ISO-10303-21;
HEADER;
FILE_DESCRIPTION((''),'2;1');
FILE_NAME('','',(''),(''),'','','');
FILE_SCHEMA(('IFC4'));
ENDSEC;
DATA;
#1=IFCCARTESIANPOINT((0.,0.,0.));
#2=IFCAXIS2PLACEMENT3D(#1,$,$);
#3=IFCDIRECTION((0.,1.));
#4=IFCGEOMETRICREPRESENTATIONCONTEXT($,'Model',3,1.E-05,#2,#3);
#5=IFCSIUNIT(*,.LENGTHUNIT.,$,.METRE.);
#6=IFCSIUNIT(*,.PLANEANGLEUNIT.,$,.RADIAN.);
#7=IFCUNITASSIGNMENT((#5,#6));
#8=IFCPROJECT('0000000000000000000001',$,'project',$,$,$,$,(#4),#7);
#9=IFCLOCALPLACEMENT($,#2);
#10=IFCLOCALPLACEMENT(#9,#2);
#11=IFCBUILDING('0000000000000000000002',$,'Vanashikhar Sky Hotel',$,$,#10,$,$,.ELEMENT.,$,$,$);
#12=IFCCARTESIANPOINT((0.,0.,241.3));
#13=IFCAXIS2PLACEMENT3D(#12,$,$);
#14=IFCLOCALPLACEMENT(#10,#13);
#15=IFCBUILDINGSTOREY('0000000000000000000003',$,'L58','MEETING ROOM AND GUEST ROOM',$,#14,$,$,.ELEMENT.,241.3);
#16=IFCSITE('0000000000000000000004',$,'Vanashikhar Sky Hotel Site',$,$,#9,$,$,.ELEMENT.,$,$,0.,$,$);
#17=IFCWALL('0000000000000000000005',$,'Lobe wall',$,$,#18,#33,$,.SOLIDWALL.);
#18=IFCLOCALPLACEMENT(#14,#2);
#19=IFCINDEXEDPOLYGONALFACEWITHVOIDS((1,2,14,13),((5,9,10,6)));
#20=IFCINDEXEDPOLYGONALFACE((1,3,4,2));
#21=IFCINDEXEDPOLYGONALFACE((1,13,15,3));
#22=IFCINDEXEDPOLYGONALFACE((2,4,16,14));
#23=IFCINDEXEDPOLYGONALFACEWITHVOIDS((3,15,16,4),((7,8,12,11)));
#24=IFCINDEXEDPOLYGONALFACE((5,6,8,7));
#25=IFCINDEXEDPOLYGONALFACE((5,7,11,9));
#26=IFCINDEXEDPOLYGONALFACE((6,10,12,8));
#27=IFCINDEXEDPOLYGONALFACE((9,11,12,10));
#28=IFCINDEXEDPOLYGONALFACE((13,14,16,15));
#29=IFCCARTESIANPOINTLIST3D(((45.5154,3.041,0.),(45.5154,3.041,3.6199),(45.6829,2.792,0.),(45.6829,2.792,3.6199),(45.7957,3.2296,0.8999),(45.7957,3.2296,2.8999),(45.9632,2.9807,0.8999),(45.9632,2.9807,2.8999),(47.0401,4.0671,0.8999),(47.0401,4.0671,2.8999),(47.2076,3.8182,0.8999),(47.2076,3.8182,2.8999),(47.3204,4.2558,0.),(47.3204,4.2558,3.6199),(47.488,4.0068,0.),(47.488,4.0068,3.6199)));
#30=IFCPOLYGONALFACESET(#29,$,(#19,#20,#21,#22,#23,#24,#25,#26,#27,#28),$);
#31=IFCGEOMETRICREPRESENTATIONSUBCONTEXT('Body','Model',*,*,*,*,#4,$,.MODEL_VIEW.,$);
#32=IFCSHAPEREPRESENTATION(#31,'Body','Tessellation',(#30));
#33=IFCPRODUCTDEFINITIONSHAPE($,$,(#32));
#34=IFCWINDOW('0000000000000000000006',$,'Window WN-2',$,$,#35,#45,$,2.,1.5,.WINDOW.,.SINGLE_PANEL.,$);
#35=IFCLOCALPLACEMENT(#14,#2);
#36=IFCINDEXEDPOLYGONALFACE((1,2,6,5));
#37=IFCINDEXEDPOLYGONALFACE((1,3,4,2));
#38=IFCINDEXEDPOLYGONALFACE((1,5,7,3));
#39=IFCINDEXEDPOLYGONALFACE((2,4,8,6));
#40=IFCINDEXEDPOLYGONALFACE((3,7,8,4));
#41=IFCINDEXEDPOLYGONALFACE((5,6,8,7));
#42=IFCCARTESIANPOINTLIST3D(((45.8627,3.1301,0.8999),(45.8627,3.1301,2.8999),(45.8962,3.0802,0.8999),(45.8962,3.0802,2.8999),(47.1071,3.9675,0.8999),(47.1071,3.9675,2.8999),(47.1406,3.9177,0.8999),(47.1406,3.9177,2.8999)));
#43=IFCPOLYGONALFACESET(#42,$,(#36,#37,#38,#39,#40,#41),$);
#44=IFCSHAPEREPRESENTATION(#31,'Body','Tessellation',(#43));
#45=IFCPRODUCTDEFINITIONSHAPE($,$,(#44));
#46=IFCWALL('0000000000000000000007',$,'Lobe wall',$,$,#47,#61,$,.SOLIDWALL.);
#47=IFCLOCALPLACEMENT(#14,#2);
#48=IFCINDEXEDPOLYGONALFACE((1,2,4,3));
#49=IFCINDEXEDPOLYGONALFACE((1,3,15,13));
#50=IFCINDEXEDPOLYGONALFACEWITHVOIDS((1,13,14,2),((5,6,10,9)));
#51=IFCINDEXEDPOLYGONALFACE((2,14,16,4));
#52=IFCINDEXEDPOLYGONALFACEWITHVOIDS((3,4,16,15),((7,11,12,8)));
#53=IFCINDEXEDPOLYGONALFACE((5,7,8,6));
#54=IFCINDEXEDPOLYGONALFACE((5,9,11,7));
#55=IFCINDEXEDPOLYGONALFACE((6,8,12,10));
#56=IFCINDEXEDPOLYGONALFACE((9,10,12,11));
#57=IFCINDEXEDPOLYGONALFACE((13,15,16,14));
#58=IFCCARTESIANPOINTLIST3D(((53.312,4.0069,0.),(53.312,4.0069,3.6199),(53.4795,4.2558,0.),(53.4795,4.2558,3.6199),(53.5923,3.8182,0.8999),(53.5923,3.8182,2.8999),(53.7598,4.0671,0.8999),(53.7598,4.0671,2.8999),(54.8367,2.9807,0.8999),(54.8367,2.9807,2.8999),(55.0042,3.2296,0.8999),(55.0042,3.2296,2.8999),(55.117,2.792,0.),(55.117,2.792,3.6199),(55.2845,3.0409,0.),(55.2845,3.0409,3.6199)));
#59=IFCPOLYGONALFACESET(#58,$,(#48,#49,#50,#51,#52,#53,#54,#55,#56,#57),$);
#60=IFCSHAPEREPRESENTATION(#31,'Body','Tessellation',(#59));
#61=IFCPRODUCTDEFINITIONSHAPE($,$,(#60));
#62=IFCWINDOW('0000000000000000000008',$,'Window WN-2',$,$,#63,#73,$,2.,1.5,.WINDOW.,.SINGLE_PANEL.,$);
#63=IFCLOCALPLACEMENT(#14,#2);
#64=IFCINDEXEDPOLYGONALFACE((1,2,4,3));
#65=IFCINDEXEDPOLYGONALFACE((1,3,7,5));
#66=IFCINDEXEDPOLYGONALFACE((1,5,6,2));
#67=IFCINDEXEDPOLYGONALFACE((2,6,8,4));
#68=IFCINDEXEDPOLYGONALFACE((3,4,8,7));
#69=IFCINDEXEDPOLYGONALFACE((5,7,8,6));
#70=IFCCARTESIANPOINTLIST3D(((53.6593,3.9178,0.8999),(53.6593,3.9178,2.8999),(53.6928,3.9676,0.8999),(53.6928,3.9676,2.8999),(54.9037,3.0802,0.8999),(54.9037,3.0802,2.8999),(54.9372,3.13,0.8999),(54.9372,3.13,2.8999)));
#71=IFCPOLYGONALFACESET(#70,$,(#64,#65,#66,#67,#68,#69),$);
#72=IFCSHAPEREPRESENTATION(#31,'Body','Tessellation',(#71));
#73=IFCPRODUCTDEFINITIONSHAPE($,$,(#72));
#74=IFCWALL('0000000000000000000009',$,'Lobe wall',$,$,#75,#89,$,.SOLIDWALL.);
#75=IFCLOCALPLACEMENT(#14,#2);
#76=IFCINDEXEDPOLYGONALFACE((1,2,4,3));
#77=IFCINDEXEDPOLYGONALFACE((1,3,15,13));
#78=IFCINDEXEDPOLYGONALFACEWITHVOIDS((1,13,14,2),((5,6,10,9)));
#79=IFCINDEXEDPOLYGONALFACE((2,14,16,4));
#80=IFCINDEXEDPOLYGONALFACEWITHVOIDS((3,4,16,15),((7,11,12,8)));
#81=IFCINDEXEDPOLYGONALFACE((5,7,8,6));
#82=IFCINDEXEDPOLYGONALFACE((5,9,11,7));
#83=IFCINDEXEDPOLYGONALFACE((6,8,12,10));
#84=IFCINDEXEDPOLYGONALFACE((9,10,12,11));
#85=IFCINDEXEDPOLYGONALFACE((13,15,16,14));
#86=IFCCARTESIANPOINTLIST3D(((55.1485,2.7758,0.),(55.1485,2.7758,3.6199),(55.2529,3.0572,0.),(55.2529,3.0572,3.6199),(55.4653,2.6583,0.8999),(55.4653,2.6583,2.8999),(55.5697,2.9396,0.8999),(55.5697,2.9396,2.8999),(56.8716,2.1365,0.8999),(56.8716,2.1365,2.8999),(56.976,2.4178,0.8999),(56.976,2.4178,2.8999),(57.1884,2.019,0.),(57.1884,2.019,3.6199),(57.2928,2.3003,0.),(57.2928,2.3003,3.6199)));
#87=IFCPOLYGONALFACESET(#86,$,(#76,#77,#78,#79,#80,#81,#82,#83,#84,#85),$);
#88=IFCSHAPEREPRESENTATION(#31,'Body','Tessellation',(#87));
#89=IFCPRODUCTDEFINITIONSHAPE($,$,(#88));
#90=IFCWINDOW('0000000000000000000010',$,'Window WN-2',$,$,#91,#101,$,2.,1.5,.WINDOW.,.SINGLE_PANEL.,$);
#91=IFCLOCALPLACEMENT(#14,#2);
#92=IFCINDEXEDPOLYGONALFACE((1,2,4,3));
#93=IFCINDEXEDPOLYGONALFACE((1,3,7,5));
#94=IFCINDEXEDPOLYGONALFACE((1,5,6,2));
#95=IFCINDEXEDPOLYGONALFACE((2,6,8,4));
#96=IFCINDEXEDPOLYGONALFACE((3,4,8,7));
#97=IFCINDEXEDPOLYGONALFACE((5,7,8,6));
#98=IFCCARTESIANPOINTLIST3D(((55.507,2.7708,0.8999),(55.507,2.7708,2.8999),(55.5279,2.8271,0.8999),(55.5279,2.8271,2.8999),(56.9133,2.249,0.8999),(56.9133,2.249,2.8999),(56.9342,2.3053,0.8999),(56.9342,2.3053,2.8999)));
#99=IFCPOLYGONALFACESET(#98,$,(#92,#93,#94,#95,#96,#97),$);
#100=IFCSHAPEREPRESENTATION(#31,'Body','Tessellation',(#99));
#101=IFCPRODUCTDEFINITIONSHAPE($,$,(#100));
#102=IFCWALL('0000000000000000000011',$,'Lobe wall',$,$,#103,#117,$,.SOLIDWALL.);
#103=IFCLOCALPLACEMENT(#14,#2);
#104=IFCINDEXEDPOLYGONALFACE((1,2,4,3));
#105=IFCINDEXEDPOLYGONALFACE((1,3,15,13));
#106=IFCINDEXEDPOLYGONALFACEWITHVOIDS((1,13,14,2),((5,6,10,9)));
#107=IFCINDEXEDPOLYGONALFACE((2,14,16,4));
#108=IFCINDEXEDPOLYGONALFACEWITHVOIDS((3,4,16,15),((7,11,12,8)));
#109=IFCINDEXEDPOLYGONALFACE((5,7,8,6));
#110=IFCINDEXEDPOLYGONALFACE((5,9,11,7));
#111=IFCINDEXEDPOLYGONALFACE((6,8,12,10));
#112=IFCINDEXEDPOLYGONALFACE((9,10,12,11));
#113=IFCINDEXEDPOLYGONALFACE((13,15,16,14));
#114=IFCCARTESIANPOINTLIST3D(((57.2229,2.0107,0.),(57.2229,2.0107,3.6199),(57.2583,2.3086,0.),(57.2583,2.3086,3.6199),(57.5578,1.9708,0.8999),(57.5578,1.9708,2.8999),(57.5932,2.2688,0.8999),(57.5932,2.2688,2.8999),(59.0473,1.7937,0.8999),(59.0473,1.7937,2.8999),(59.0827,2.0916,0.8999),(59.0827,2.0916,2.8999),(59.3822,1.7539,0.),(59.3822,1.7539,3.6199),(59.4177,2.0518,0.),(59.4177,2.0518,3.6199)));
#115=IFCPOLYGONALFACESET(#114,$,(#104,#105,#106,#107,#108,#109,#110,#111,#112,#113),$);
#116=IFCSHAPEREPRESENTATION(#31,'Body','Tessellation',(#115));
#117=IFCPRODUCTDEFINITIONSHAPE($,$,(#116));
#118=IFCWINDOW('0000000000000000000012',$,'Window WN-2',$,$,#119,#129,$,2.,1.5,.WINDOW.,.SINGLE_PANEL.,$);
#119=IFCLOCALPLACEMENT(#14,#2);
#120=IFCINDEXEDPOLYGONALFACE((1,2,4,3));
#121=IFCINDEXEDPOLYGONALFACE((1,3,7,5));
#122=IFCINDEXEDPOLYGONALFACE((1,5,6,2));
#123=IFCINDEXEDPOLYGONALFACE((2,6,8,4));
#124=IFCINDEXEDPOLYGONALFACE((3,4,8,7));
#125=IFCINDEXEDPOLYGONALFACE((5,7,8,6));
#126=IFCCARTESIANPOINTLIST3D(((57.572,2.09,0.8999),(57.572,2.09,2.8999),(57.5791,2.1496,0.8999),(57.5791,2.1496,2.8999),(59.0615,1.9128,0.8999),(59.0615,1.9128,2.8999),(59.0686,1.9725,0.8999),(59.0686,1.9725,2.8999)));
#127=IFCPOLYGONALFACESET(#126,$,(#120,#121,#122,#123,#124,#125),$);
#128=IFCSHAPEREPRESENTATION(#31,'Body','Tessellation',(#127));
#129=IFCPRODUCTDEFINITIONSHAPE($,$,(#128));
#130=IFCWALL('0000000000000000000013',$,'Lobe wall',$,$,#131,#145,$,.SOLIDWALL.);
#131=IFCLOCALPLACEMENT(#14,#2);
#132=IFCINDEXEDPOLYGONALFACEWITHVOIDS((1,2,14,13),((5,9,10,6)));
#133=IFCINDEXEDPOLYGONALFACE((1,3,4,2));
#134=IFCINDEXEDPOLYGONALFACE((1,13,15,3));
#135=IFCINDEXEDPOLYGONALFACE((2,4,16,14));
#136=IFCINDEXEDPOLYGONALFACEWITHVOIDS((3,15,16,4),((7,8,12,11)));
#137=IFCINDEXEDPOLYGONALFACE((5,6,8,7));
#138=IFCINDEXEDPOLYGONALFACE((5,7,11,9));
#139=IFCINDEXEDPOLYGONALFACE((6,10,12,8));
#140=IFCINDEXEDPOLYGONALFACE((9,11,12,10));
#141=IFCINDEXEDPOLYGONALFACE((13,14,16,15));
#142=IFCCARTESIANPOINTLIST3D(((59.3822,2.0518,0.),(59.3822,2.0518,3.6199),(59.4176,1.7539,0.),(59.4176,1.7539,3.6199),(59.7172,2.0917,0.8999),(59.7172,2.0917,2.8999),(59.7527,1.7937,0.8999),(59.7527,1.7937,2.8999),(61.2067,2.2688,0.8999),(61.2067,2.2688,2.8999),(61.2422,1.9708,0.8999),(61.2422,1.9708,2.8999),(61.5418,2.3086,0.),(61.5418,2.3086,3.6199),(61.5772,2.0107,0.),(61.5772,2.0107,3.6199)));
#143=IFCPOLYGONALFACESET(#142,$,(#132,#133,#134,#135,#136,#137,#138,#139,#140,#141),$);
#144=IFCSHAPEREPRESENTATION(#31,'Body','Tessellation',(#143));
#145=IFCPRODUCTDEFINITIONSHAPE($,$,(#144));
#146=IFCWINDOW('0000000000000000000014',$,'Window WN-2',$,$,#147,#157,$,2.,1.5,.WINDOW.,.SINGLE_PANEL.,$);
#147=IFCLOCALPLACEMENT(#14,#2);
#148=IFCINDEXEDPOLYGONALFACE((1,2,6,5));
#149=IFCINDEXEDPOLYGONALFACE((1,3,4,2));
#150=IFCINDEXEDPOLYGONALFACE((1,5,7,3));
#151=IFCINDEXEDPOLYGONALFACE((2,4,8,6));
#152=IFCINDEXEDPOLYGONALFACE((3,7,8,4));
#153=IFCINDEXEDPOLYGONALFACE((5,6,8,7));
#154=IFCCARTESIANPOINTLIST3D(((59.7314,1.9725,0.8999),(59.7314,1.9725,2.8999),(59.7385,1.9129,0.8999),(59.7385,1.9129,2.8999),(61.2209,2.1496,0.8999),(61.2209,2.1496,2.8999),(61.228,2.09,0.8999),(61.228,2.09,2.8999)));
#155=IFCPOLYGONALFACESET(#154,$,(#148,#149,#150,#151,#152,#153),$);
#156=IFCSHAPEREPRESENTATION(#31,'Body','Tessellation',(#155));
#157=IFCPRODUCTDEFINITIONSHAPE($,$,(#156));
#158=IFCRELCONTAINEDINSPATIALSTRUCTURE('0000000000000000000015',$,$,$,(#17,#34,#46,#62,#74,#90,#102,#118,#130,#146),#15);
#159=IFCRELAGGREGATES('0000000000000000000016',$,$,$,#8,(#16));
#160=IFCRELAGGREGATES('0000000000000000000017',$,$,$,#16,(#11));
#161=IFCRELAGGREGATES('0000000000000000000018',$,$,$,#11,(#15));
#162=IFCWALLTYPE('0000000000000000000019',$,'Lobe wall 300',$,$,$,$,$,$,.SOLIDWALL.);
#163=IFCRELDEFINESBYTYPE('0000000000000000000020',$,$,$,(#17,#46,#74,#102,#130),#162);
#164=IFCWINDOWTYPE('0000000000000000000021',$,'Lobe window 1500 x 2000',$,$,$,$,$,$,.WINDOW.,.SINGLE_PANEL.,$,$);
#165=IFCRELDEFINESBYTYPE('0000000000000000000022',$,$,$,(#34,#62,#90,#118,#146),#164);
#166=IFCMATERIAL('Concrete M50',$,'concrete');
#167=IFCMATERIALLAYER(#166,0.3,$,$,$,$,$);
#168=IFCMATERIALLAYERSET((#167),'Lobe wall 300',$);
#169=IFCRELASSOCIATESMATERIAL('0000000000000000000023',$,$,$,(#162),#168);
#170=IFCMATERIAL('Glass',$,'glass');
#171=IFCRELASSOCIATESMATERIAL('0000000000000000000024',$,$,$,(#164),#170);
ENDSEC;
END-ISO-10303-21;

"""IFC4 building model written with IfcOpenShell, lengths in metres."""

from ifc_helpers import new_model, si_unit, direction, frame, frame_2d, origin, place, context, subcontext, project, spatial, rectangle, extrude, source, transform, mapped, material, layer, layer_set, type_object, element, fill, save


model = new_model("IFC4")

# Units and contexts
model_context = context("Model", 3, precision=1e-05, world=origin(), true_north=direction((0.0, 1.0)))
body_context = subcontext(model_context, "Body", "Model", "MODEL_VIEW")
ifc_project = project(units=[si_unit("LENGTHUNIT", "METRE"), si_unit("PLANEANGLEUNIT", "RADIAN")], contexts=[model_context])

# Site, building, storey
site_placement = place(None, origin())
site = spatial("IfcSite", under=ifc_project, at=site_placement, Name="Vanashikhar Sky Hotel Site", CompositionType="ELEMENT", RefElevation=0.0)
building_placement = place(site_placement, origin())
building = spatial("IfcBuilding", under=site, at=building_placement, Name="Vanashikhar Sky Hotel", CompositionType="ELEMENT")
storey_placement = place(building_placement, frame((0.0, 0.0, 241.3)))
storey = spatial("IfcBuildingStorey", under=building, at=storey_placement, Name="L58", Description="MEETING ROOM AND GUEST ROOM", CompositionType="ELEMENT", Elevation=241.3)

# Walls, openings, windows
ifc_material_1 = material(Name="Concrete M50", Category="concrete")
ifc_layer_1 = layer(ifc_material_1, 0.3)
ifc_layer_set_1 = layer_set([ifc_layer_1], Name="Lobe wall 300")
wall_type_1 = type_object("IfcWallType", Name="Lobe wall 300", PredefinedType="SOLIDWALL", material=ifc_layer_set_1)
shared_shape_1 = source(origin(), body_context, "Body", "SweptSolid", [
    extrude(rectangle(XDim=2.1758, YDim=0.3, at=frame_2d((1.0879, 0.0))), origin(), (0.0, 0.0, 1.0), 3.6199),
])
wall_1_placement = place(storey_placement, frame((45.5991, 2.9165, 0.0), z_axis=(0.0, 0.0, 1.0), x_axis=(0.829626, 0.55832, 0.0)))
wall_1 = element("IfcWall", 1, at=wall_1_placement, inside=storey, type_object=wall_type_1, Name="Lobe wall", PredefinedType="SOLIDWALL", context=body_context, shape_type="MappedRepresentation", body=[
    mapped(shared_shape_1, transform((0.0, 0.0, 0.0), scale=1.0)),
])
shared_shape_2 = source(origin(), body_context, "Body", "SweptSolid", [
    extrude(rectangle(XDim=1.5, YDim=2.0, at=frame_2d((0.75, 1.0))), frame((0.0, 0.1602, 0.0), z_axis=(0.0, -1.0, 0.0), x_axis=(1.0, 0.0, 0.0)), (0.0, 0.0, 1.0), 0.3201),
])
opening_1_placement = place(wall_1_placement, frame((0.3379, 0.0, 0.8999)))
opening_1 = element("IfcOpeningElement", 2, at=opening_1_placement, cuts=wall_1, PredefinedType="OPENING", context=body_context, shape_type="MappedRepresentation", body=[
    mapped(shared_shape_2, transform((0.0, 0.0, 0.0), scale=1.0)),
])
ifc_material_2 = material(Name="Glass", Category="glass")
window_type = type_object("IfcWindowType", Name="Lobe window 1500 x 2000", PartitioningType="SINGLE_PANEL", PredefinedType="WINDOW", material=ifc_material_2)
shared_shape_3 = source(origin(), body_context, "Body", "SweptSolid", [
    extrude(rectangle(XDim=1.5, YDim=2.0, at=frame_2d((0.75, 1.0))), frame((0.0, 0.03, 0.0), z_axis=(0.0, -1.0, 0.0), x_axis=(1.0, 0.0, 0.0)), (0.0, 0.0, 1.0), 0.0601),
])
window_1_placement = place(opening_1_placement, origin())
window_1 = element("IfcWindow", 3, at=window_1_placement, inside=storey, type_object=window_type, Name="Window WN-2", OverallHeight=2.0, OverallWidth=1.5, PartitioningType="SINGLE_PANEL", PredefinedType="WINDOW", context=body_context, shape_type="MappedRepresentation", body=[
    mapped(shared_shape_3, transform((0.0, 0.0, 0.0), scale=1.0)),
])
fill(opening_1, window_1)
wall_2_placement = place(storey_placement, frame((53.3958, 4.1313, 0.0), z_axis=(0.0, 0.0, 1.0), x_axis=(0.829591, -0.558372, 0.0)))
wall_2 = element("IfcWall", 4, at=wall_2_placement, inside=storey, type_object=wall_type_1, Name="Lobe wall", PredefinedType="SOLIDWALL", context=body_context, shape_type="MappedRepresentation", body=[
    mapped(shared_shape_1, transform((0.0, 0.0, 0.0), scale=1.0)),
])
opening_2_placement = place(wall_2_placement, frame((0.3379, 0.0, 0.8999)))
opening_2 = element("IfcOpeningElement", 5, at=opening_2_placement, cuts=wall_2, PredefinedType="OPENING", context=body_context, shape_type="MappedRepresentation", body=[
    mapped(shared_shape_2, transform((0.0, 0.0, 0.0), scale=1.0)),
])
window_2_placement = place(opening_2_placement, origin())
window_2 = element("IfcWindow", 6, at=window_2_placement, inside=storey, type_object=window_type, Name="Window WN-2", OverallHeight=2.0, OverallWidth=1.5, PartitioningType="SINGLE_PANEL", PredefinedType="WINDOW", context=body_context, shape_type="MappedRepresentation", body=[
    mapped(shared_shape_3, transform((0.0, 0.0, 0.0), scale=1.0)),
])
fill(opening_2, window_2)
wall_3_placement = place(storey_placement, frame((55.2007, 2.9165, 0.0), z_axis=(0.0, 0.0, 1.0), x_axis=(0.937546, -0.347863, 0.0)))
wall_3 = element("IfcWall", 7, at=wall_3_placement, inside=storey, type_object=wall_type_1, Name="Lobe wall", PredefinedType="SOLIDWALL", context=body_context, shape_type="MappedRepresentation", body=[
    mapped(shared_shape_1, transform((0.0, 0.0, 0.0), scale=1.0)),
])
opening_3_placement = place(wall_3_placement, frame((0.3379, 0.0, 0.8999)))
opening_3 = element("IfcOpeningElement", 8, at=opening_3_placement, cuts=wall_3, PredefinedType="OPENING", context=body_context, shape_type="MappedRepresentation", body=[
    mapped(shared_shape_2, transform((0.0, 0.0, 0.0), scale=1.0)),
])
window_3_placement = place(opening_3_placement, origin())
window_3 = element("IfcWindow", 9, at=window_3_placement, inside=storey, type_object=window_type, Name="Window WN-2", OverallHeight=2.0, OverallWidth=1.5, PartitioningType="SINGLE_PANEL", PredefinedType="WINDOW", context=body_context, shape_type="MappedRepresentation", body=[
    mapped(shared_shape_3, transform((0.0, 0.0, 0.0), scale=1.0)),
])
fill(opening_3, window_3)
shared_shape_4 = source(origin(), body_context, "Body", "SweptSolid", [
    extrude(rectangle(XDim=2.1746, YDim=0.3, at=frame_2d((1.0874, 0.0))), origin(), (0.0, 0.0, 1.0), 3.6199),
])
wall_4_placement = place(storey_placement, frame((57.2405, 2.1597, 0.0), z_axis=(0.0, 0.0, 1.0), x_axis=(0.993001, -0.118105, 0.0)))
wall_4 = element("IfcWall", 10, at=wall_4_placement, inside=storey, type_object=wall_type_1, Name="Lobe wall", PredefinedType="SOLIDWALL", context=body_context, shape_type="MappedRepresentation", body=[
    mapped(shared_shape_4, transform((0.0, 0.0, 0.0), scale=1.0)),
])
opening_4_placement = place(wall_4_placement, frame((0.3374, 0.0, 0.8999)))
opening_4 = element("IfcOpeningElement", 11, at=opening_4_placement, cuts=wall_4, PredefinedType="OPENING", context=body_context, shape_type="MappedRepresentation", body=[
    mapped(shared_shape_2, transform((0.0, 0.0, 0.0), scale=1.0)),
])
window_4_placement = place(opening_4_placement, origin())
window_4 = element("IfcWindow", 12, at=window_4_placement, inside=storey, type_object=window_type, Name="Window WN-2", OverallHeight=2.0, OverallWidth=1.5, PartitioningType="SINGLE_PANEL", PredefinedType="WINDOW", context=body_context, shape_type="MappedRepresentation", body=[
    mapped(shared_shape_3, transform((0.0, 0.0, 0.0), scale=1.0)),
])
fill(opening_4, window_4)
shared_shape_5 = source(origin(), body_context, "Body", "SweptSolid", [
    extrude(rectangle(XDim=2.1748, YDim=0.3, at=frame_2d((1.0874, 0.0))), origin(), (0.0, 0.0, 1.0), 3.6199),
])
wall_5_placement = place(storey_placement, frame((59.3999, 1.9028, 0.0), z_axis=(0.0, 0.0, 1.0), x_axis=(0.993003, 0.118092, 0.0)))
wall_5 = element("IfcWall", 13, at=wall_5_placement, inside=storey, type_object=wall_type_1, Name="Lobe wall", PredefinedType="SOLIDWALL", context=body_context, shape_type="MappedRepresentation", body=[
    mapped(shared_shape_5, transform((0.0, 0.0, 0.0), scale=1.0)),
])
opening_5_placement = place(wall_5_placement, frame((0.3374, 0.0, 0.8999)))
opening_5 = element("IfcOpeningElement", 14, at=opening_5_placement, cuts=wall_5, PredefinedType="OPENING", context=body_context, shape_type="MappedRepresentation", body=[
    mapped(shared_shape_2, transform((0.0, 0.0, 0.0), scale=1.0)),
])
window_5_placement = place(opening_5_placement, origin())
window_5 = element("IfcWindow", 15, at=window_5_placement, inside=storey, type_object=window_type, Name="Window WN-2", OverallHeight=2.0, OverallWidth=1.5, PartitioningType="SINGLE_PANEL", PredefinedType="WINDOW", context=body_context, shape_type="MappedRepresentation", body=[
    mapped(shared_shape_3, transform((0.0, 0.0, 0.0), scale=1.0)),
])
fill(opening_5, window_5)

save(model, "model.ifc")
